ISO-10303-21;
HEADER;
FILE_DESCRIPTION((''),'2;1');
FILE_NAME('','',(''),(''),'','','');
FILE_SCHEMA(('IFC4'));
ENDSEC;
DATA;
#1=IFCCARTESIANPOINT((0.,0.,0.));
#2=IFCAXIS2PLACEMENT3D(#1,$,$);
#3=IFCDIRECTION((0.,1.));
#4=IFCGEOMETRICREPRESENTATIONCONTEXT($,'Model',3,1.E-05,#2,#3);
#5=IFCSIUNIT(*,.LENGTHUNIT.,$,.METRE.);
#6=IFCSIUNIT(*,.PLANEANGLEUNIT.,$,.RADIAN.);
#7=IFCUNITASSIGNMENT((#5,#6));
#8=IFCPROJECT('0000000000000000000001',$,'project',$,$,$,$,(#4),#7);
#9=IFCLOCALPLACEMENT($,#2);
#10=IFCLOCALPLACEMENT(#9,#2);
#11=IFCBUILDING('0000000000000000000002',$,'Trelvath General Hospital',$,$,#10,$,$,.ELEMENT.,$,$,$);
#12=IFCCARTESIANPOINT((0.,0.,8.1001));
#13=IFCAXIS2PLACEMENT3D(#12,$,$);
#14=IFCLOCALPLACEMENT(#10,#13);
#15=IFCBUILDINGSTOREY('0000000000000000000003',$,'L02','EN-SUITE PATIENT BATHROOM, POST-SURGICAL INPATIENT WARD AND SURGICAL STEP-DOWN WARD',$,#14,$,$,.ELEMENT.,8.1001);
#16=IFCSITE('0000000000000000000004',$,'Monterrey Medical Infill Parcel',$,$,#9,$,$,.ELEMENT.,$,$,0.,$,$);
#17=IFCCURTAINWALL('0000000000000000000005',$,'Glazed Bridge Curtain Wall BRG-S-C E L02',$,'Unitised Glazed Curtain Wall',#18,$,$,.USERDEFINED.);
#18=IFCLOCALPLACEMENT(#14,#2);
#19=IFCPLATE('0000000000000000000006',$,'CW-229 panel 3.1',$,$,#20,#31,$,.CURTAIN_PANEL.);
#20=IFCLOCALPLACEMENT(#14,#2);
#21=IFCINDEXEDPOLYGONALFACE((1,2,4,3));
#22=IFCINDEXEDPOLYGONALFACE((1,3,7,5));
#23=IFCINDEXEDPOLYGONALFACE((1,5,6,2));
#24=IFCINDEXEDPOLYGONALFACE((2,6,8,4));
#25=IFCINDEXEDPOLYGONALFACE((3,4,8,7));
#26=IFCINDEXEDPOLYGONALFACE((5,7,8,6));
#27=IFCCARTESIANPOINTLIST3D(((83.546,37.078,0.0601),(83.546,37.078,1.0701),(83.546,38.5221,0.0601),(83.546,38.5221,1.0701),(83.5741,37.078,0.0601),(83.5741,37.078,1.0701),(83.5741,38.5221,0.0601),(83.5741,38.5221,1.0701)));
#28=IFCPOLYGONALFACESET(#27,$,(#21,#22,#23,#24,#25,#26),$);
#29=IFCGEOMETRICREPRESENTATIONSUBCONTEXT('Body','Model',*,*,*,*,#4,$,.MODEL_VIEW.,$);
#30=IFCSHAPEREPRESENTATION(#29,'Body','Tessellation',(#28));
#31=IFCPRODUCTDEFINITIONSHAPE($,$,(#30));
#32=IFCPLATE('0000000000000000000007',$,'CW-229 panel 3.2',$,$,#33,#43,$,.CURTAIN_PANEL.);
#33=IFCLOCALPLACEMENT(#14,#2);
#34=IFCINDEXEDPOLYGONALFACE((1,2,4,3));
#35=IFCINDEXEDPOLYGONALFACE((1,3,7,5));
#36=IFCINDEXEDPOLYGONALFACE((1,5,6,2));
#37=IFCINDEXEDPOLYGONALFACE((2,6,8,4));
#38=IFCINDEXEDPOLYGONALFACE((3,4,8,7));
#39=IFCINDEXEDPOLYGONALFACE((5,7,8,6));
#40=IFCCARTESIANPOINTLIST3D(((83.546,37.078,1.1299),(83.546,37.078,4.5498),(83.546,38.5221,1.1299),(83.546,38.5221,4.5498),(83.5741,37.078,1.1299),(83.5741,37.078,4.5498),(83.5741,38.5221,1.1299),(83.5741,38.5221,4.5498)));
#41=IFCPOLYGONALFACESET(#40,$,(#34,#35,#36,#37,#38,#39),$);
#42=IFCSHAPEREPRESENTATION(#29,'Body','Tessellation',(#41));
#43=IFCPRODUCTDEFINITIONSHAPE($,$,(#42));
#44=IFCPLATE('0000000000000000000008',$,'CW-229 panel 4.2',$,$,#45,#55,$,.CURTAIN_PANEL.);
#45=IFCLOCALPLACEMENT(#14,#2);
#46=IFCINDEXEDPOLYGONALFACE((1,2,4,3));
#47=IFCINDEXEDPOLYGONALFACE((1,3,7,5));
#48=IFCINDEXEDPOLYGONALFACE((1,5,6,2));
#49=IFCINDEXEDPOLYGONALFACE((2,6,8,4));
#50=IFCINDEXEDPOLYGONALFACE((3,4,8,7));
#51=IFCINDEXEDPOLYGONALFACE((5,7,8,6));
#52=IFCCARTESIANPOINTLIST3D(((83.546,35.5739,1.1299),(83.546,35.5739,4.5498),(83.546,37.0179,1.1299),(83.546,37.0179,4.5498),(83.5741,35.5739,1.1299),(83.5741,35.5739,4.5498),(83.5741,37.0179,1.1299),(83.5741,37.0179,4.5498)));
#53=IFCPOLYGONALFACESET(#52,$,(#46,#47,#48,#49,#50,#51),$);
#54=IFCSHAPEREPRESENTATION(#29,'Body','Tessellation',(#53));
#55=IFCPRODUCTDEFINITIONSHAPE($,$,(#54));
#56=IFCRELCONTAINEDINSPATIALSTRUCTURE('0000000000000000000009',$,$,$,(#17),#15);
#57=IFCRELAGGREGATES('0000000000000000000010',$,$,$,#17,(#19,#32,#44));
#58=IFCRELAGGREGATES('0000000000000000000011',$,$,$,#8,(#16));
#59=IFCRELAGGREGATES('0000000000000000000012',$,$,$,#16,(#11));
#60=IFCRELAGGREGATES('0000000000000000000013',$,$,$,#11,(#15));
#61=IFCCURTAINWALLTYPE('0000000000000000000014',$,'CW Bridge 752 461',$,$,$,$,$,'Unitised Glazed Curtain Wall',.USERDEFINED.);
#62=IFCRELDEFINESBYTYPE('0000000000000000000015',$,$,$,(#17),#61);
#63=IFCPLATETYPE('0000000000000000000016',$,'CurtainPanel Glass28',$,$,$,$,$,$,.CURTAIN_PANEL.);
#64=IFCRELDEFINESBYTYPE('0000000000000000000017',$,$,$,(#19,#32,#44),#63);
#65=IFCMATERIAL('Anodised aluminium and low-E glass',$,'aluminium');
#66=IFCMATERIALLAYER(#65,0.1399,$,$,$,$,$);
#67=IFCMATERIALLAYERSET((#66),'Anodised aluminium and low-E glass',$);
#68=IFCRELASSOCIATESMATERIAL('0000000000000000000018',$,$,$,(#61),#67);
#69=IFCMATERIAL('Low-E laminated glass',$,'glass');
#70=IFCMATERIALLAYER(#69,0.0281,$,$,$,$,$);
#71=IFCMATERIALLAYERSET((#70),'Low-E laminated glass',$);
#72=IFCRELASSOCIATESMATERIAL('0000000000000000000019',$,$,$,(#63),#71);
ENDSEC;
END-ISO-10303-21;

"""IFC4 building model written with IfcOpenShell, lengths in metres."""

from ifc_helpers import new_model, si_unit, direction, frame, origin, origin_2d, place, context, subcontext, project, spatial, rectangle, extrude, material, layer, layer_set, type_object, element, aggregate, save


model = new_model("IFC4")

# Units and contexts
model_context = context("Model", 3, precision=1e-05, world=origin(), true_north=direction((0.0, 1.0)))
body_context = subcontext(model_context, "Body", "Model", "MODEL_VIEW")
ifc_project = project(units=[si_unit("LENGTHUNIT", "METRE"), si_unit("PLANEANGLEUNIT", "RADIAN")], contexts=[model_context])

# Site, building, storey
site_placement = place(None, origin())
site = spatial("IfcSite", under=ifc_project, at=site_placement, Name="Monterrey Medical Infill Parcel", CompositionType="ELEMENT", RefElevation=0.0)
building_placement = place(site_placement, origin())
building = spatial("IfcBuilding", under=site, at=building_placement, Name="Trelvath General Hospital", CompositionType="ELEMENT")
storey_placement = place(building_placement, frame((0.0, 0.0, 8.1001)))
storey = spatial("IfcBuildingStorey", under=building, at=storey_placement, Name="L02", Description="EN-SUITE PATIENT BATHROOM, POST-SURGICAL INPATIENT WARD AND SURGICAL STEP-DOWN WARD", CompositionType="ELEMENT", Elevation=8.1001)

# Curtain wall
ifc_material_1 = material(Name="Anodised aluminium and low-E glass", Category="aluminium")
ifc_layer_1 = layer(ifc_material_1, 0.1399)
ifc_layer_set_1 = layer_set([ifc_layer_1], Name="Anodised aluminium and low-E glass")
curtain_wall_type_1 = type_object("IfcCurtainWallType", Name="CW Bridge 752 461", ElementType="Unitised Glazed Curtain Wall", PredefinedType="USERDEFINED", material=ifc_layer_set_1)
curtain_wall_1_placement = place(storey_placement, origin())
curtain_wall_1 = element("IfcCurtainWall", 1, at=curtain_wall_1_placement, inside=storey, type_object=curtain_wall_type_1, Name="Glazed Bridge Curtain Wall BRG-S-C E L02", ObjectType="Unitised Glazed Curtain Wall", PredefinedType="USERDEFINED")

# Plates
ifc_material_2 = material(Name="Low-E laminated glass", Category="glass")
ifc_layer_2 = layer(ifc_material_2, 0.0281)
ifc_layer_set_2 = layer_set([ifc_layer_2], Name="Low-E laminated glass")
plate_type = type_object("IfcPlateType", Name="CurtainPanel Glass28", PredefinedType="CURTAIN_PANEL", material=ifc_layer_set_2)
plate_1_placement = place(storey_placement, frame((83.5601, 37.8, 0.0601), z_axis=(0.0, 0.0, 1.0), x_axis=(0.0, -1.0, 0.0)))
plate_1 = element("IfcPlate", 2, at=plate_1_placement, type_object=plate_type, Name="CW-229 panel 3.1", PredefinedType="CURTAIN_PANEL", context=body_context, shape_type="SweptSolid", body=[
    extrude(rectangle(XDim=1.4441, YDim=0.0281, at=origin_2d()), origin(), (0.0, 0.0, 1.0), 1.01),
])
plate_2_placement = place(storey_placement, frame((83.5601, 37.8, 1.1299), z_axis=(0.0, 0.0, 1.0), x_axis=(0.0, -1.0, 0.0)))
plate_2 = element("IfcPlate", 3, at=plate_2_placement, type_object=plate_type, Name="CW-229 panel 3.2", PredefinedType="CURTAIN_PANEL", context=body_context, shape_type="SweptSolid", body=[
    extrude(rectangle(XDim=1.4441, YDim=0.0281, at=origin_2d()), origin(), (0.0, 0.0, 1.0), 3.4199),
])
plate_3_placement = place(storey_placement, frame((83.5601, 36.2959, 1.1299), z_axis=(0.0, 0.0, 1.0), x_axis=(0.0, -1.0, 0.0)))
plate_3 = element("IfcPlate", 4, at=plate_3_placement, type_object=plate_type, Name="CW-229 panel 4.2", PredefinedType="CURTAIN_PANEL", context=body_context, shape_type="SweptSolid", body=[
    extrude(rectangle(XDim=1.4441, YDim=0.0281, at=origin_2d()), origin(), (0.0, 0.0, 1.0), 3.4199),
])
aggregate(curtain_wall_1, [plate_1, plate_2, plate_3])

save(model, "model.ifc")
